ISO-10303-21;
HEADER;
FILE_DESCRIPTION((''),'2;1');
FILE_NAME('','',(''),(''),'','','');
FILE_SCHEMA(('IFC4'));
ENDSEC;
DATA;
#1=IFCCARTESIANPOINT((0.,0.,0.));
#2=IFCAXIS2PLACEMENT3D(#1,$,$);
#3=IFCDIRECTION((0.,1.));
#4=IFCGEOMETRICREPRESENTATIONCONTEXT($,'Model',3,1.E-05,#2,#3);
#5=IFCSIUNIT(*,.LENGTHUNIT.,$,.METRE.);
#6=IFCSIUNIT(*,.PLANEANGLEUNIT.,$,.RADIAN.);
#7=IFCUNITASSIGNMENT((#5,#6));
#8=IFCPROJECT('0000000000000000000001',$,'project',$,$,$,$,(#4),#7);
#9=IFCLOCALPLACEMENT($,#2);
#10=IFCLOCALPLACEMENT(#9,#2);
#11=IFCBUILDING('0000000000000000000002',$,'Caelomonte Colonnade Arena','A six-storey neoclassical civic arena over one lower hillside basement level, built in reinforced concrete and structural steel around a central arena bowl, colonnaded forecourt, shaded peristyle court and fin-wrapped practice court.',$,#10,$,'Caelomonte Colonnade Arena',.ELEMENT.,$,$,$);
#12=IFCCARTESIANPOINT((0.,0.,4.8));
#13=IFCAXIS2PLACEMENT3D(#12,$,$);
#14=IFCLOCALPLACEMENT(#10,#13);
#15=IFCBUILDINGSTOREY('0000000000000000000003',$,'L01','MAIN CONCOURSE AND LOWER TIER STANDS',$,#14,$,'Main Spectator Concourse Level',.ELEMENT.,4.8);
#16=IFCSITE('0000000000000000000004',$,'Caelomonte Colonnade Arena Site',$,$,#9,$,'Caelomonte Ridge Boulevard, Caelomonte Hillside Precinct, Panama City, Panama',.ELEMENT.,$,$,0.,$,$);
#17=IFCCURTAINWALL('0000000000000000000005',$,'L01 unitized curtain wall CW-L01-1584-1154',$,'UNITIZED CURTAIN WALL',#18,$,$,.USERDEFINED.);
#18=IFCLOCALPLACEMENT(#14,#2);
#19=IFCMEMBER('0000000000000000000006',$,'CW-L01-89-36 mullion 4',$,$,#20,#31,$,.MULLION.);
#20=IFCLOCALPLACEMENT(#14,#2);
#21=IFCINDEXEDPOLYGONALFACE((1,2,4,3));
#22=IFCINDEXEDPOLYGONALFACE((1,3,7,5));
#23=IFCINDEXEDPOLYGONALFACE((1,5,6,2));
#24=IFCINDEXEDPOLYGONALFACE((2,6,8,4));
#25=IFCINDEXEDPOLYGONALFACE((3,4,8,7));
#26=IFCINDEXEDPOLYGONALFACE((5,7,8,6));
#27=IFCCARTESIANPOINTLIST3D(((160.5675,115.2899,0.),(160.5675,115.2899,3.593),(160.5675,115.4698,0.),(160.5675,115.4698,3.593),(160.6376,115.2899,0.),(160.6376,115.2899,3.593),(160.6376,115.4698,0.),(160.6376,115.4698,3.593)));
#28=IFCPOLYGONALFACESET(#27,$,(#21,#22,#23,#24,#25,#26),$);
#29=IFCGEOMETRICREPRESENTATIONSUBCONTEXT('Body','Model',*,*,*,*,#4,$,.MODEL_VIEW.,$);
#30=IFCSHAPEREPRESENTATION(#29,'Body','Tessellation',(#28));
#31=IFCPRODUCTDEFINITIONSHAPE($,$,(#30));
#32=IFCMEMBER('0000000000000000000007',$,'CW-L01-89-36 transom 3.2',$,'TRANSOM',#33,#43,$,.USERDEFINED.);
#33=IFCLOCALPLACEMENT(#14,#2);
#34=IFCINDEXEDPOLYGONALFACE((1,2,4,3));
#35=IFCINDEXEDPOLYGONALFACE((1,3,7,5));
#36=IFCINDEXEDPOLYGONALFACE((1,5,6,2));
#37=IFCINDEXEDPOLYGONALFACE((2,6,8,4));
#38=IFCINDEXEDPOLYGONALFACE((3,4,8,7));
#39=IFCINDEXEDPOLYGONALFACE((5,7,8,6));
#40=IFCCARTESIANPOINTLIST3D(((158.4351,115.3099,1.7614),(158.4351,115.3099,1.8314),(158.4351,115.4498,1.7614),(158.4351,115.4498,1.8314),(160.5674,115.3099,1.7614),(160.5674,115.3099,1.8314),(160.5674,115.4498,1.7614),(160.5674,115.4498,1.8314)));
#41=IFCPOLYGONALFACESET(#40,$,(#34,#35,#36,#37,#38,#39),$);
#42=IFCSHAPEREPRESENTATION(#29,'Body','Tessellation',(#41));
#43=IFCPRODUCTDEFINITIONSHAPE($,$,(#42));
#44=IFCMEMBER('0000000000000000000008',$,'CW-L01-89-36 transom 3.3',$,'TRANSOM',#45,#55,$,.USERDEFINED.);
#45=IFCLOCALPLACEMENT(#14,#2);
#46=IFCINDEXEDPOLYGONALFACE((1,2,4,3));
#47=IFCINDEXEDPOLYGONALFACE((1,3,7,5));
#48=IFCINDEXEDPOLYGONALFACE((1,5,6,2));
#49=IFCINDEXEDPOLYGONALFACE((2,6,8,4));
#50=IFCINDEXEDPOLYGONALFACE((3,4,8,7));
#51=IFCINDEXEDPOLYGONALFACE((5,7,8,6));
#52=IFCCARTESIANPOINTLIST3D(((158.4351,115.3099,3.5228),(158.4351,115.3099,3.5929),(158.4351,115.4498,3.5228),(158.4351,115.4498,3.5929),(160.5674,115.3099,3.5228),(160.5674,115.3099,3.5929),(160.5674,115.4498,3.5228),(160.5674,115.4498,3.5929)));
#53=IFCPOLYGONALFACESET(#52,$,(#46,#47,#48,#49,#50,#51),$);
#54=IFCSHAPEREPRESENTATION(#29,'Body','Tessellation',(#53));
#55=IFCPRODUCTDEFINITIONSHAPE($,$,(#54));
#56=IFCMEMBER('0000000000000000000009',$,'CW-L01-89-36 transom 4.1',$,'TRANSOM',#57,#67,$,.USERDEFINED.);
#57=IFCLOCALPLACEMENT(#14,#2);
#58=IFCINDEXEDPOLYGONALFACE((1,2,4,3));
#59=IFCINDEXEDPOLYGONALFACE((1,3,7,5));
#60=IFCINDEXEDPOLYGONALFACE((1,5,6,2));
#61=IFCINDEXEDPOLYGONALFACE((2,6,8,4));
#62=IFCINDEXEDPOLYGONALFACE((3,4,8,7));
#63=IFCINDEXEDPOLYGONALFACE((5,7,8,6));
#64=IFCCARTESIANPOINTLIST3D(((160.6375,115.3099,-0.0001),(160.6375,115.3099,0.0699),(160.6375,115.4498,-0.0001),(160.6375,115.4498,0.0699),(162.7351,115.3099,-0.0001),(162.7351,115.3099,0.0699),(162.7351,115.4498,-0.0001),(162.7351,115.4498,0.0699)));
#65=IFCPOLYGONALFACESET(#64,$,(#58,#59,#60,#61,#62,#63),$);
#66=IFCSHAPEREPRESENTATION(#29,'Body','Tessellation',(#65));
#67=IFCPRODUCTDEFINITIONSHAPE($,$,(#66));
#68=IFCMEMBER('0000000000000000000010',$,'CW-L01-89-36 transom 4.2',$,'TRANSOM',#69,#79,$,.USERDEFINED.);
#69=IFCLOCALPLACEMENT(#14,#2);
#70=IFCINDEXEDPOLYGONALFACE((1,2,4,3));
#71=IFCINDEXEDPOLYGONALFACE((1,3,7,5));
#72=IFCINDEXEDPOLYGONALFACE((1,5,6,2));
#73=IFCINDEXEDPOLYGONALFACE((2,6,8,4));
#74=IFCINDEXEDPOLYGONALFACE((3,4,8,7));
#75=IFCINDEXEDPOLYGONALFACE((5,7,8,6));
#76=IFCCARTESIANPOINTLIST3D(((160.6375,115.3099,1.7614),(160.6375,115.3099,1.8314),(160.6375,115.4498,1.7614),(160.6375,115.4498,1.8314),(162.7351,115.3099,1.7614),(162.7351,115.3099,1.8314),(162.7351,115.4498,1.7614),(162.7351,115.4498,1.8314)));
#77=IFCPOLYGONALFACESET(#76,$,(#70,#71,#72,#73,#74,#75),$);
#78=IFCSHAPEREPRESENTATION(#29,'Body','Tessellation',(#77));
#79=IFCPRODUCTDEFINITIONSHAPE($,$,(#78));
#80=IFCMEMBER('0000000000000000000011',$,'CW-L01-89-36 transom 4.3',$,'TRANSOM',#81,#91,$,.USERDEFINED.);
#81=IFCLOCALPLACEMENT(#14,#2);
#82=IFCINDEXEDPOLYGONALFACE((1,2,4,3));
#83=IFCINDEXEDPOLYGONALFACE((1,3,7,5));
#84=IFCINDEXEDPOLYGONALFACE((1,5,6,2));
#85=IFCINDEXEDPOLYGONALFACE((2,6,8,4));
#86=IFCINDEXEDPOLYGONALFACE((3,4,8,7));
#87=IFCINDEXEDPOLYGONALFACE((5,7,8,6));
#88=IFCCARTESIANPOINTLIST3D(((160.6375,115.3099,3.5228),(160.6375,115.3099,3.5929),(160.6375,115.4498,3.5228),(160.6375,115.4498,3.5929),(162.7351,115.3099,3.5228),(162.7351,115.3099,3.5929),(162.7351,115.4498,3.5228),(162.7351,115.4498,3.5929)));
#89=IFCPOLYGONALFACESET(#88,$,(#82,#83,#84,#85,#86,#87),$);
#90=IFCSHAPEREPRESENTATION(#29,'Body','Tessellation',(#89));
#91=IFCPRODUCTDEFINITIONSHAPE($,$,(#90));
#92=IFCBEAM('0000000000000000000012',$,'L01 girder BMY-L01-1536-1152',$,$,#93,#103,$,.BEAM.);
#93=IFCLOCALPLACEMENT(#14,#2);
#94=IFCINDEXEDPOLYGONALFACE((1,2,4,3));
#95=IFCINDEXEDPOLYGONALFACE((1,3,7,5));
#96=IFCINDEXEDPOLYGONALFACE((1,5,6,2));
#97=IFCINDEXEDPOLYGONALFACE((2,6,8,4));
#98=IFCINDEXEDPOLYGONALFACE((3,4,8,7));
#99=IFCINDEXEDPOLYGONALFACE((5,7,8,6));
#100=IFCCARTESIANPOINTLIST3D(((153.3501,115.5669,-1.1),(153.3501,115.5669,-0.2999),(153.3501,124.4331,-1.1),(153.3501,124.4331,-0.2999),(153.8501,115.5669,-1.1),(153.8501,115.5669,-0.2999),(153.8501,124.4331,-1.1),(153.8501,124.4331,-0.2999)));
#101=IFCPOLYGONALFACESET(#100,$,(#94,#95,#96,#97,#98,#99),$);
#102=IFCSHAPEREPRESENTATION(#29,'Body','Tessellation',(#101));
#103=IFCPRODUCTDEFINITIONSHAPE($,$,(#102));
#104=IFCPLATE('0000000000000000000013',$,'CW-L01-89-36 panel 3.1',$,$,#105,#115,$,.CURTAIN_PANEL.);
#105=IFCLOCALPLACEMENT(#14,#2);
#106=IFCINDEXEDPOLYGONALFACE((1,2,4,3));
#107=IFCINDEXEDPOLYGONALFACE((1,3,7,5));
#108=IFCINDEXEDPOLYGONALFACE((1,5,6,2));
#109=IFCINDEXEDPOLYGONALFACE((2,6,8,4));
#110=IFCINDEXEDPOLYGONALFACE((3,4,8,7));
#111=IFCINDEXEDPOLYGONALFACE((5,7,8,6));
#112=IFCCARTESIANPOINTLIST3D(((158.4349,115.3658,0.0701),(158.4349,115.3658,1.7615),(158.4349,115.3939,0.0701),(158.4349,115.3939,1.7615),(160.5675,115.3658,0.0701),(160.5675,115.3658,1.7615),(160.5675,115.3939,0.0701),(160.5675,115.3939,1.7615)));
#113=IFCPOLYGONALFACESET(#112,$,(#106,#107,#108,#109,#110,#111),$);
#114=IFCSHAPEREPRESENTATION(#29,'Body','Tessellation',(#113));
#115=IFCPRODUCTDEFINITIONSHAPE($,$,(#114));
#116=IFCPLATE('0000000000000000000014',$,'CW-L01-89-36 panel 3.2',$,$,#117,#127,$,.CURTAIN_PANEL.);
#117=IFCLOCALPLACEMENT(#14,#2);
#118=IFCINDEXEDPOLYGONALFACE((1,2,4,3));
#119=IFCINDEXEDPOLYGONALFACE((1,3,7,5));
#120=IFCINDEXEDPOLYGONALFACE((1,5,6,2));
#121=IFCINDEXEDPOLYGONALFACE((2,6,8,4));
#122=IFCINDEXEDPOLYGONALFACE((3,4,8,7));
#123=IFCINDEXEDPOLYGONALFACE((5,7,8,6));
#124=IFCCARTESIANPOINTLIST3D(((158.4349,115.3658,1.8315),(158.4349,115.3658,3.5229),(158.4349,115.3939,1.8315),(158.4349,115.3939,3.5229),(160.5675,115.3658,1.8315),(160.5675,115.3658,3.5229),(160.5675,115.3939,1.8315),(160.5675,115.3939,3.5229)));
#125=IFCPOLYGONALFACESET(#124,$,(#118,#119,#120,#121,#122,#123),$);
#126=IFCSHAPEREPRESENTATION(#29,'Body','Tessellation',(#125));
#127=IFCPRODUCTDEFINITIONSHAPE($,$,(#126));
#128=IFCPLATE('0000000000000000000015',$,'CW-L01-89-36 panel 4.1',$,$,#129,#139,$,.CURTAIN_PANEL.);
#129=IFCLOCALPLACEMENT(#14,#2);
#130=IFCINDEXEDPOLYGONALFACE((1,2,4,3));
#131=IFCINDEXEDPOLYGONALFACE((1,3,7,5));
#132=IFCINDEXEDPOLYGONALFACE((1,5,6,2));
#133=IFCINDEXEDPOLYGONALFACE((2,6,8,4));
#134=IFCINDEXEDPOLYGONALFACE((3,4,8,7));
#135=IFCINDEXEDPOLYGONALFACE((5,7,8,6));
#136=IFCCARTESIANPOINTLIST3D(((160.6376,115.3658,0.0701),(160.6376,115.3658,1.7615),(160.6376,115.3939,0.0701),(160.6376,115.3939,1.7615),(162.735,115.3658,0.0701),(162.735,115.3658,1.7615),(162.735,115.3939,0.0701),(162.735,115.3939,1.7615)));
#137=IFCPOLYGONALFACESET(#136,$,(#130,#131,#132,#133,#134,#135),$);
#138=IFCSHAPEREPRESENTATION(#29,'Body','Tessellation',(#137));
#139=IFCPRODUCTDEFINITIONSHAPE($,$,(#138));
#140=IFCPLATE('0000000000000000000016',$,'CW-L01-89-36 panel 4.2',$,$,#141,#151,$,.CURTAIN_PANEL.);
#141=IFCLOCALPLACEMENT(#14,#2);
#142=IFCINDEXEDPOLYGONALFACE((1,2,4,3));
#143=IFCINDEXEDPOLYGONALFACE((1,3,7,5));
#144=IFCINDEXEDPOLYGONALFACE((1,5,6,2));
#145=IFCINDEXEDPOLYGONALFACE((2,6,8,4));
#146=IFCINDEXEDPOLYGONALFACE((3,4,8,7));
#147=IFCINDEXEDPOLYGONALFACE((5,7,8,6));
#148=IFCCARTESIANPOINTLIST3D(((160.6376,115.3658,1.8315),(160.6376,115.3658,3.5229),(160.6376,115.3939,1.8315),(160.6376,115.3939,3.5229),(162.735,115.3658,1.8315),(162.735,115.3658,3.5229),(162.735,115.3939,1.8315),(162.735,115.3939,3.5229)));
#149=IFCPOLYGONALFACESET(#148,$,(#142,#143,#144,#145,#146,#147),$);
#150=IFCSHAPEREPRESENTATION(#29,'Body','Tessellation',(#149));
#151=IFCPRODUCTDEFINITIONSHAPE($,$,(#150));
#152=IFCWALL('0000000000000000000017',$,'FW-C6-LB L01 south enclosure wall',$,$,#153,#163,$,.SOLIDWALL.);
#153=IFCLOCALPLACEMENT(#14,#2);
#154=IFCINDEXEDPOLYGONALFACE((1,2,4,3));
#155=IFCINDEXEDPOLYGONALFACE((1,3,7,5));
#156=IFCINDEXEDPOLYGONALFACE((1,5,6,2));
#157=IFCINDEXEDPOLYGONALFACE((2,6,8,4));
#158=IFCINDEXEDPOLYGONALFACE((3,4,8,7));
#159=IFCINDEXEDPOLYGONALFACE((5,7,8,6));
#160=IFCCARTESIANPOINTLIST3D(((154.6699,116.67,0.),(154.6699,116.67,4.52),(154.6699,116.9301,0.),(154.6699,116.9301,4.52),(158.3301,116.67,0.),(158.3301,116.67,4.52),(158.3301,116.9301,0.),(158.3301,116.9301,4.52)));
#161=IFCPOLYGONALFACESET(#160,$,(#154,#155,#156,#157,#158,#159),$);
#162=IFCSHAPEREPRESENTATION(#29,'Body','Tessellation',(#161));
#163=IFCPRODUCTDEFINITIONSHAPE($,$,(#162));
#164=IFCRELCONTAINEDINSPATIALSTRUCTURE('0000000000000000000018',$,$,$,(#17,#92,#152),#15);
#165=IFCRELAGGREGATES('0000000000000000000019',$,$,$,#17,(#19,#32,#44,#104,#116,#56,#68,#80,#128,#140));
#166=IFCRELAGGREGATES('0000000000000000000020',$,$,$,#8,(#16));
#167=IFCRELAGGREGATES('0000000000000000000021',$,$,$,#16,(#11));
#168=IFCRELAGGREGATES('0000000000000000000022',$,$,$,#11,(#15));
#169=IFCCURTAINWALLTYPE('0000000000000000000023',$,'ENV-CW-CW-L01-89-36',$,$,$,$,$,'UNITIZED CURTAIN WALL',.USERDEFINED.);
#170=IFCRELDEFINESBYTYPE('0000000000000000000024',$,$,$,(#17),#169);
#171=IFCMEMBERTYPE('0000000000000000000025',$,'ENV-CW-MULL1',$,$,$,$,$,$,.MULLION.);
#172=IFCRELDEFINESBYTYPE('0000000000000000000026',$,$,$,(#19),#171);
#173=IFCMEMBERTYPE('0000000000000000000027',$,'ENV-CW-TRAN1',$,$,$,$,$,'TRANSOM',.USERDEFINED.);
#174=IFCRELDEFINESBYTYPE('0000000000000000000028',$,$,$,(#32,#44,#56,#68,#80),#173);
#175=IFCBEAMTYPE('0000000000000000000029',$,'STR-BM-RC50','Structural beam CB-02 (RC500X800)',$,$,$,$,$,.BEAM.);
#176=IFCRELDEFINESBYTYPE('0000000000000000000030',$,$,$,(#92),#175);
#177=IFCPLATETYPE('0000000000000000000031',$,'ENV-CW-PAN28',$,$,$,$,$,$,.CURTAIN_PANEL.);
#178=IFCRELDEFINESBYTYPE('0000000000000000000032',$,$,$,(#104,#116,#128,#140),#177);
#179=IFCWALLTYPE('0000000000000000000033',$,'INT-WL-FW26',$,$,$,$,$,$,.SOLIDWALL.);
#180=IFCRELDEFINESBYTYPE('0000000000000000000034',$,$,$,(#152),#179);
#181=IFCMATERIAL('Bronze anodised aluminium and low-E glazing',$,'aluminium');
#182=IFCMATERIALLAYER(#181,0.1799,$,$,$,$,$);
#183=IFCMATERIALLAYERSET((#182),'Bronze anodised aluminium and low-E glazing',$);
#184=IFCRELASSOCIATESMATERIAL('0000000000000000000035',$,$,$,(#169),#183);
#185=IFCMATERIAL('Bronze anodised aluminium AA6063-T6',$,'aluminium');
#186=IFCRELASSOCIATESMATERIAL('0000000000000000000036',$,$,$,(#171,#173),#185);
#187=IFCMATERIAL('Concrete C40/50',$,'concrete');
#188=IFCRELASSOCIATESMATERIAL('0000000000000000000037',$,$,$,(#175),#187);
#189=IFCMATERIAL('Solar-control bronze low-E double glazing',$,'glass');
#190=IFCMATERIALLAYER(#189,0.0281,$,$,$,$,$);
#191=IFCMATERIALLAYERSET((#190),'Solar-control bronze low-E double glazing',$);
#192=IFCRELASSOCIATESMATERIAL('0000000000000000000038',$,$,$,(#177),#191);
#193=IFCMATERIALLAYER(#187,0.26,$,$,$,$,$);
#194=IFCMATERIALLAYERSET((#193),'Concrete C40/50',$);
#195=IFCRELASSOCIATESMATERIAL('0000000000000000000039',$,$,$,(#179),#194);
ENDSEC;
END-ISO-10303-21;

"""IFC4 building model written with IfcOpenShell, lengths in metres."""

from ifc_helpers import new_model, si_unit, direction, frame, frame_2d, origin, origin_2d, place, context, subcontext, project, spatial, rectangle, extrude, material, layer, layer_set, material_profile, profile_set, type_object, element, aggregate, save


model = new_model("IFC4")

# Units and contexts
model_context = context("Model", 3, precision=1e-05, world=origin(), true_north=direction((0.0, 1.0)))
body_context = subcontext(model_context, "Body", "Model", "MODEL_VIEW")
ifc_project = project(units=[si_unit("LENGTHUNIT", "METRE"), si_unit("PLANEANGLEUNIT", "RADIAN")], contexts=[model_context])

# Site, building, storey
site_placement = place(None, origin())
site = spatial("IfcSite", under=ifc_project, at=site_placement, Name="Caelomonte Colonnade Arena Site", LongName="Caelomonte Ridge Boulevard, Caelomonte Hillside Precinct, Panama City, Panama", CompositionType="ELEMENT", RefElevation=0.0)
building_placement = place(site_placement, origin())
building = spatial("IfcBuilding", under=site, at=building_placement, Name="Caelomonte Colonnade Arena", Description="A six-storey neoclassical civic arena over one lower hillside basement level, built in reinforced concrete and structural steel around a central arena bowl, colonnaded forecourt, shaded peristyle court and fin-wrapped practice court.", LongName="Caelomonte Colonnade Arena", CompositionType="ELEMENT")
storey_placement = place(building_placement, frame((0.0, 0.0, 4.8)))
storey = spatial("IfcBuildingStorey", under=building, at=storey_placement, Name="L01", Description="MAIN CONCOURSE AND LOWER TIER STANDS", LongName="Main Spectator Concourse Level", CompositionType="ELEMENT", Elevation=4.8)

# Curtain wall, members
ifc_material_1 = material(Name="Bronze anodised aluminium and low-E glazing", Category="aluminium")
ifc_layer_1 = layer(ifc_material_1, 0.1799)
ifc_layer_set_1 = layer_set([ifc_layer_1], Name="Bronze anodised aluminium and low-E glazing")
curtain_wall_type = type_object("IfcCurtainWallType", Name="ENV-CW-CW-L01-89-36", ElementType="UNITIZED CURTAIN WALL", PredefinedType="USERDEFINED", material=ifc_layer_set_1)
curtain_wall_placement = place(storey_placement, origin())
curtain_wall = element("IfcCurtainWall", 1, at=curtain_wall_placement, inside=storey, type_object=curtain_wall_type, Name="L01 unitized curtain wall CW-L01-1584-1154", ObjectType="UNITIZED CURTAIN WALL", PredefinedType="USERDEFINED")
ifc_material_2 = material(Name="Bronze anodised aluminium AA6063-T6", Category="aluminium")
ifc_material_profile_1 = material_profile(ifc_material_2, rectangle(XDim=0.0701, YDim=0.1799, at=origin_2d()), Name="CWM-70X180")
ifc_profile_set_1 = profile_set([ifc_material_profile_1], Name="Bronze anodised aluminium AA6063-T6")
member_type_1 = type_object("IfcMemberType", Name="ENV-CW-MULL1", PredefinedType="MULLION", material=ifc_profile_set_1)
member_1_placement = place(storey_placement, frame((160.6025, 115.3799, 0.0), z_axis=(0.0, 0.0, 1.0), x_axis=(1.0, 0.0, 0.0)))
member_1 = element("IfcMember", 2, at=member_1_placement, type_object=member_type_1, Name="CW-L01-89-36 mullion 4", PredefinedType="MULLION", context=body_context, shape_type="SweptSolid", body=[
    extrude(rectangle(XDim=0.0701, YDim=0.1799, at=origin_2d()), origin(), (0.0, 0.0, 1.0), 3.593),
])
ifc_material_profile_2 = material_profile(ifc_material_2, rectangle(XDim=0.0701, YDim=0.1399, at=origin_2d()), Name="CWT-70X140")
ifc_profile_set_2 = profile_set([ifc_material_profile_2], Name="Bronze anodised aluminium AA6063-T6")
member_type_2 = type_object("IfcMemberType", Name="ENV-CW-TRAN1", ElementType="TRANSOM", PredefinedType="USERDEFINED", material=ifc_profile_set_2)
member_2_placement = place(storey_placement, frame((158.4351, 115.3799, 1.7964), z_axis=(1.0, 0.0, 0.0), x_axis=(0.0, 0.0, 1.0)))
member_2 = element("IfcMember", 3, at=member_2_placement, type_object=member_type_2, Name="CW-L01-89-36 transom 3.2", ObjectType="TRANSOM", PredefinedType="USERDEFINED", context=body_context, shape_type="SweptSolid", body=[
    extrude(rectangle(XDim=0.0701, YDim=0.1399, at=origin_2d()), origin(), (0.0, 0.0, 1.0), 2.1323),
])
member_3_placement = place(storey_placement, frame((158.4351, 115.3799, 3.5579), z_axis=(1.0, 0.0, 0.0), x_axis=(0.0, 0.0, 1.0)))
member_3 = element("IfcMember", 4, at=member_3_placement, type_object=member_type_2, Name="CW-L01-89-36 transom 3.3", ObjectType="TRANSOM", PredefinedType="USERDEFINED", context=body_context, shape_type="SweptSolid", body=[
    extrude(rectangle(XDim=0.0701, YDim=0.1399, at=origin_2d()), origin(), (0.0, 0.0, 1.0), 2.1323),
])
member_4_placement = place(storey_placement, frame((160.6375, 115.3799, 0.0349), z_axis=(1.0, 0.0, 0.0), x_axis=(0.0, 0.0, 1.0)))
member_4 = element("IfcMember", 5, at=member_4_placement, type_object=member_type_2, Name="CW-L01-89-36 transom 4.1", ObjectType="TRANSOM", PredefinedType="USERDEFINED", context=body_context, shape_type="SweptSolid", body=[
    extrude(rectangle(XDim=0.0701, YDim=0.1399, at=origin_2d()), origin(), (0.0, 0.0, 1.0), 2.0977),
])
member_5_placement = place(storey_placement, frame((160.6375, 115.3799, 1.7964), z_axis=(1.0, 0.0, 0.0), x_axis=(0.0, 0.0, 1.0)))
member_5 = element("IfcMember", 6, at=member_5_placement, type_object=member_type_2, Name="CW-L01-89-36 transom 4.2", ObjectType="TRANSOM", PredefinedType="USERDEFINED", context=body_context, shape_type="SweptSolid", body=[
    extrude(rectangle(XDim=0.0701, YDim=0.1399, at=origin_2d()), origin(), (0.0, 0.0, 1.0), 2.0977),
])
member_6_placement = place(storey_placement, frame((160.6375, 115.3799, 3.5579), z_axis=(1.0, 0.0, 0.0), x_axis=(0.0, 0.0, 1.0)))
member_6 = element("IfcMember", 7, at=member_6_placement, type_object=member_type_2, Name="CW-L01-89-36 transom 4.3", ObjectType="TRANSOM", PredefinedType="USERDEFINED", context=body_context, shape_type="SweptSolid", body=[
    extrude(rectangle(XDim=0.0701, YDim=0.1399, at=origin_2d()), origin(), (0.0, 0.0, 1.0), 2.0977),
])

# Beam
ifc_material_3 = material(Name="Concrete C40/50", Category="concrete")
ifc_material_profile_3 = material_profile(ifc_material_3, rectangle(XDim=0.5, YDim=0.8, at=origin_2d()), Name="RC500X800")
ifc_profile_set_3 = profile_set([ifc_material_profile_3], Name="Concrete C40/50")
beam_type = type_object("IfcBeamType", Name="STR-BM-RC50", Description="Structural beam CB-02 (RC500X800)", PredefinedType="BEAM", material=ifc_profile_set_3)
beam_placement = place(storey_placement, frame((153.6001, 115.5669, -0.7), z_axis=(0.0, 1.0, 0.0), x_axis=(-1.0, 0.0, 0.0)))
element("IfcBeam", 8, at=beam_placement, inside=storey, type_object=beam_type, Name="L01 girder BMY-L01-1536-1152", PredefinedType="BEAM", context=body_context, shape_type="SweptSolid", body=[
    extrude(rectangle(XDim=0.5, YDim=0.8, at=origin_2d()), origin(), (0.0, 0.0, 1.0), 8.8662),
])

# Plates
ifc_material_4 = material(Name="Solar-control bronze low-E double glazing", Category="glass")
ifc_layer_2 = layer(ifc_material_4, 0.0281)
ifc_layer_set_2 = layer_set([ifc_layer_2], Name="Solar-control bronze low-E double glazing")
plate_type = type_object("IfcPlateType", Name="ENV-CW-PAN28", PredefinedType="CURTAIN_PANEL", material=ifc_layer_set_2)
plate_1_placement = place(storey_placement, frame((159.5012, 115.3799, 0.0701), z_axis=(0.0, 0.0, 1.0), x_axis=(1.0, 0.0, 0.0)))
plate_1 = element("IfcPlate", 9, at=plate_1_placement, type_object=plate_type, Name="CW-L01-89-36 panel 3.1", PredefinedType="CURTAIN_PANEL", context=body_context, shape_type="SweptSolid", body=[
    extrude(rectangle(XDim=2.1326, YDim=0.0281, at=origin_2d()), origin(), (0.0, 0.0, 1.0), 1.6914),
])
plate_2_placement = place(storey_placement, frame((159.5012, 115.3799, 1.8315), z_axis=(0.0, 0.0, 1.0), x_axis=(1.0, 0.0, 0.0)))
plate_2 = element("IfcPlate", 10, at=plate_2_placement, type_object=plate_type, Name="CW-L01-89-36 panel 3.2", PredefinedType="CURTAIN_PANEL", context=body_context, shape_type="SweptSolid", body=[
    extrude(rectangle(XDim=2.1326, YDim=0.0281, at=origin_2d()), origin(), (0.0, 0.0, 1.0), 1.6914),
])
plate_3_placement = place(storey_placement, frame((161.6863, 115.3799, 0.0701), z_axis=(0.0, 0.0, 1.0), x_axis=(1.0, 0.0, 0.0)))
plate_3 = element("IfcPlate", 11, at=plate_3_placement, type_object=plate_type, Name="CW-L01-89-36 panel 4.1", PredefinedType="CURTAIN_PANEL", context=body_context, shape_type="SweptSolid", body=[
    extrude(rectangle(XDim=2.0974, YDim=0.0281, at=origin_2d()), origin(), (0.0, 0.0, 1.0), 1.6914),
])
plate_4_placement = place(storey_placement, frame((161.6863, 115.3799, 1.8315), z_axis=(0.0, 0.0, 1.0), x_axis=(1.0, 0.0, 0.0)))
plate_4 = element("IfcPlate", 12, at=plate_4_placement, type_object=plate_type, Name="CW-L01-89-36 panel 4.2", PredefinedType="CURTAIN_PANEL", context=body_context, shape_type="SweptSolid", body=[
    extrude(rectangle(XDim=2.0974, YDim=0.0281, at=origin_2d()), origin(), (0.0, 0.0, 1.0), 1.6914),
])
aggregate(curtain_wall, [member_1, member_2, member_3, plate_1, plate_2, member_4, member_5, member_6, plate_3, plate_4])

# Wall
ifc_layer_3 = layer(ifc_material_3, 0.26)
ifc_layer_set_3 = layer_set([ifc_layer_3], Name="Concrete C40/50")
wall_type_1 = type_object("IfcWallType", Name="INT-WL-FW26", PredefinedType="SOLIDWALL", material=ifc_layer_set_3)
wall_1_placement = place(storey_placement, frame((154.6699, 116.8, 0.0), z_axis=(0.0, 0.0, 1.0), x_axis=(1.0, 0.0, 0.0)))
element("IfcWall", 13, at=wall_1_placement, inside=storey, type_object=wall_type_1, Name="FW-C6-LB L01 south enclosure wall", PredefinedType="SOLIDWALL", context=body_context, shape_type="SweptSolid", body=[
    extrude(rectangle(XDim=3.6602, YDim=0.26, at=frame_2d((1.8301, 0.0))), origin(), (0.0, 0.0, 1.0), 4.52),
])

save(model, "model.ifc")
